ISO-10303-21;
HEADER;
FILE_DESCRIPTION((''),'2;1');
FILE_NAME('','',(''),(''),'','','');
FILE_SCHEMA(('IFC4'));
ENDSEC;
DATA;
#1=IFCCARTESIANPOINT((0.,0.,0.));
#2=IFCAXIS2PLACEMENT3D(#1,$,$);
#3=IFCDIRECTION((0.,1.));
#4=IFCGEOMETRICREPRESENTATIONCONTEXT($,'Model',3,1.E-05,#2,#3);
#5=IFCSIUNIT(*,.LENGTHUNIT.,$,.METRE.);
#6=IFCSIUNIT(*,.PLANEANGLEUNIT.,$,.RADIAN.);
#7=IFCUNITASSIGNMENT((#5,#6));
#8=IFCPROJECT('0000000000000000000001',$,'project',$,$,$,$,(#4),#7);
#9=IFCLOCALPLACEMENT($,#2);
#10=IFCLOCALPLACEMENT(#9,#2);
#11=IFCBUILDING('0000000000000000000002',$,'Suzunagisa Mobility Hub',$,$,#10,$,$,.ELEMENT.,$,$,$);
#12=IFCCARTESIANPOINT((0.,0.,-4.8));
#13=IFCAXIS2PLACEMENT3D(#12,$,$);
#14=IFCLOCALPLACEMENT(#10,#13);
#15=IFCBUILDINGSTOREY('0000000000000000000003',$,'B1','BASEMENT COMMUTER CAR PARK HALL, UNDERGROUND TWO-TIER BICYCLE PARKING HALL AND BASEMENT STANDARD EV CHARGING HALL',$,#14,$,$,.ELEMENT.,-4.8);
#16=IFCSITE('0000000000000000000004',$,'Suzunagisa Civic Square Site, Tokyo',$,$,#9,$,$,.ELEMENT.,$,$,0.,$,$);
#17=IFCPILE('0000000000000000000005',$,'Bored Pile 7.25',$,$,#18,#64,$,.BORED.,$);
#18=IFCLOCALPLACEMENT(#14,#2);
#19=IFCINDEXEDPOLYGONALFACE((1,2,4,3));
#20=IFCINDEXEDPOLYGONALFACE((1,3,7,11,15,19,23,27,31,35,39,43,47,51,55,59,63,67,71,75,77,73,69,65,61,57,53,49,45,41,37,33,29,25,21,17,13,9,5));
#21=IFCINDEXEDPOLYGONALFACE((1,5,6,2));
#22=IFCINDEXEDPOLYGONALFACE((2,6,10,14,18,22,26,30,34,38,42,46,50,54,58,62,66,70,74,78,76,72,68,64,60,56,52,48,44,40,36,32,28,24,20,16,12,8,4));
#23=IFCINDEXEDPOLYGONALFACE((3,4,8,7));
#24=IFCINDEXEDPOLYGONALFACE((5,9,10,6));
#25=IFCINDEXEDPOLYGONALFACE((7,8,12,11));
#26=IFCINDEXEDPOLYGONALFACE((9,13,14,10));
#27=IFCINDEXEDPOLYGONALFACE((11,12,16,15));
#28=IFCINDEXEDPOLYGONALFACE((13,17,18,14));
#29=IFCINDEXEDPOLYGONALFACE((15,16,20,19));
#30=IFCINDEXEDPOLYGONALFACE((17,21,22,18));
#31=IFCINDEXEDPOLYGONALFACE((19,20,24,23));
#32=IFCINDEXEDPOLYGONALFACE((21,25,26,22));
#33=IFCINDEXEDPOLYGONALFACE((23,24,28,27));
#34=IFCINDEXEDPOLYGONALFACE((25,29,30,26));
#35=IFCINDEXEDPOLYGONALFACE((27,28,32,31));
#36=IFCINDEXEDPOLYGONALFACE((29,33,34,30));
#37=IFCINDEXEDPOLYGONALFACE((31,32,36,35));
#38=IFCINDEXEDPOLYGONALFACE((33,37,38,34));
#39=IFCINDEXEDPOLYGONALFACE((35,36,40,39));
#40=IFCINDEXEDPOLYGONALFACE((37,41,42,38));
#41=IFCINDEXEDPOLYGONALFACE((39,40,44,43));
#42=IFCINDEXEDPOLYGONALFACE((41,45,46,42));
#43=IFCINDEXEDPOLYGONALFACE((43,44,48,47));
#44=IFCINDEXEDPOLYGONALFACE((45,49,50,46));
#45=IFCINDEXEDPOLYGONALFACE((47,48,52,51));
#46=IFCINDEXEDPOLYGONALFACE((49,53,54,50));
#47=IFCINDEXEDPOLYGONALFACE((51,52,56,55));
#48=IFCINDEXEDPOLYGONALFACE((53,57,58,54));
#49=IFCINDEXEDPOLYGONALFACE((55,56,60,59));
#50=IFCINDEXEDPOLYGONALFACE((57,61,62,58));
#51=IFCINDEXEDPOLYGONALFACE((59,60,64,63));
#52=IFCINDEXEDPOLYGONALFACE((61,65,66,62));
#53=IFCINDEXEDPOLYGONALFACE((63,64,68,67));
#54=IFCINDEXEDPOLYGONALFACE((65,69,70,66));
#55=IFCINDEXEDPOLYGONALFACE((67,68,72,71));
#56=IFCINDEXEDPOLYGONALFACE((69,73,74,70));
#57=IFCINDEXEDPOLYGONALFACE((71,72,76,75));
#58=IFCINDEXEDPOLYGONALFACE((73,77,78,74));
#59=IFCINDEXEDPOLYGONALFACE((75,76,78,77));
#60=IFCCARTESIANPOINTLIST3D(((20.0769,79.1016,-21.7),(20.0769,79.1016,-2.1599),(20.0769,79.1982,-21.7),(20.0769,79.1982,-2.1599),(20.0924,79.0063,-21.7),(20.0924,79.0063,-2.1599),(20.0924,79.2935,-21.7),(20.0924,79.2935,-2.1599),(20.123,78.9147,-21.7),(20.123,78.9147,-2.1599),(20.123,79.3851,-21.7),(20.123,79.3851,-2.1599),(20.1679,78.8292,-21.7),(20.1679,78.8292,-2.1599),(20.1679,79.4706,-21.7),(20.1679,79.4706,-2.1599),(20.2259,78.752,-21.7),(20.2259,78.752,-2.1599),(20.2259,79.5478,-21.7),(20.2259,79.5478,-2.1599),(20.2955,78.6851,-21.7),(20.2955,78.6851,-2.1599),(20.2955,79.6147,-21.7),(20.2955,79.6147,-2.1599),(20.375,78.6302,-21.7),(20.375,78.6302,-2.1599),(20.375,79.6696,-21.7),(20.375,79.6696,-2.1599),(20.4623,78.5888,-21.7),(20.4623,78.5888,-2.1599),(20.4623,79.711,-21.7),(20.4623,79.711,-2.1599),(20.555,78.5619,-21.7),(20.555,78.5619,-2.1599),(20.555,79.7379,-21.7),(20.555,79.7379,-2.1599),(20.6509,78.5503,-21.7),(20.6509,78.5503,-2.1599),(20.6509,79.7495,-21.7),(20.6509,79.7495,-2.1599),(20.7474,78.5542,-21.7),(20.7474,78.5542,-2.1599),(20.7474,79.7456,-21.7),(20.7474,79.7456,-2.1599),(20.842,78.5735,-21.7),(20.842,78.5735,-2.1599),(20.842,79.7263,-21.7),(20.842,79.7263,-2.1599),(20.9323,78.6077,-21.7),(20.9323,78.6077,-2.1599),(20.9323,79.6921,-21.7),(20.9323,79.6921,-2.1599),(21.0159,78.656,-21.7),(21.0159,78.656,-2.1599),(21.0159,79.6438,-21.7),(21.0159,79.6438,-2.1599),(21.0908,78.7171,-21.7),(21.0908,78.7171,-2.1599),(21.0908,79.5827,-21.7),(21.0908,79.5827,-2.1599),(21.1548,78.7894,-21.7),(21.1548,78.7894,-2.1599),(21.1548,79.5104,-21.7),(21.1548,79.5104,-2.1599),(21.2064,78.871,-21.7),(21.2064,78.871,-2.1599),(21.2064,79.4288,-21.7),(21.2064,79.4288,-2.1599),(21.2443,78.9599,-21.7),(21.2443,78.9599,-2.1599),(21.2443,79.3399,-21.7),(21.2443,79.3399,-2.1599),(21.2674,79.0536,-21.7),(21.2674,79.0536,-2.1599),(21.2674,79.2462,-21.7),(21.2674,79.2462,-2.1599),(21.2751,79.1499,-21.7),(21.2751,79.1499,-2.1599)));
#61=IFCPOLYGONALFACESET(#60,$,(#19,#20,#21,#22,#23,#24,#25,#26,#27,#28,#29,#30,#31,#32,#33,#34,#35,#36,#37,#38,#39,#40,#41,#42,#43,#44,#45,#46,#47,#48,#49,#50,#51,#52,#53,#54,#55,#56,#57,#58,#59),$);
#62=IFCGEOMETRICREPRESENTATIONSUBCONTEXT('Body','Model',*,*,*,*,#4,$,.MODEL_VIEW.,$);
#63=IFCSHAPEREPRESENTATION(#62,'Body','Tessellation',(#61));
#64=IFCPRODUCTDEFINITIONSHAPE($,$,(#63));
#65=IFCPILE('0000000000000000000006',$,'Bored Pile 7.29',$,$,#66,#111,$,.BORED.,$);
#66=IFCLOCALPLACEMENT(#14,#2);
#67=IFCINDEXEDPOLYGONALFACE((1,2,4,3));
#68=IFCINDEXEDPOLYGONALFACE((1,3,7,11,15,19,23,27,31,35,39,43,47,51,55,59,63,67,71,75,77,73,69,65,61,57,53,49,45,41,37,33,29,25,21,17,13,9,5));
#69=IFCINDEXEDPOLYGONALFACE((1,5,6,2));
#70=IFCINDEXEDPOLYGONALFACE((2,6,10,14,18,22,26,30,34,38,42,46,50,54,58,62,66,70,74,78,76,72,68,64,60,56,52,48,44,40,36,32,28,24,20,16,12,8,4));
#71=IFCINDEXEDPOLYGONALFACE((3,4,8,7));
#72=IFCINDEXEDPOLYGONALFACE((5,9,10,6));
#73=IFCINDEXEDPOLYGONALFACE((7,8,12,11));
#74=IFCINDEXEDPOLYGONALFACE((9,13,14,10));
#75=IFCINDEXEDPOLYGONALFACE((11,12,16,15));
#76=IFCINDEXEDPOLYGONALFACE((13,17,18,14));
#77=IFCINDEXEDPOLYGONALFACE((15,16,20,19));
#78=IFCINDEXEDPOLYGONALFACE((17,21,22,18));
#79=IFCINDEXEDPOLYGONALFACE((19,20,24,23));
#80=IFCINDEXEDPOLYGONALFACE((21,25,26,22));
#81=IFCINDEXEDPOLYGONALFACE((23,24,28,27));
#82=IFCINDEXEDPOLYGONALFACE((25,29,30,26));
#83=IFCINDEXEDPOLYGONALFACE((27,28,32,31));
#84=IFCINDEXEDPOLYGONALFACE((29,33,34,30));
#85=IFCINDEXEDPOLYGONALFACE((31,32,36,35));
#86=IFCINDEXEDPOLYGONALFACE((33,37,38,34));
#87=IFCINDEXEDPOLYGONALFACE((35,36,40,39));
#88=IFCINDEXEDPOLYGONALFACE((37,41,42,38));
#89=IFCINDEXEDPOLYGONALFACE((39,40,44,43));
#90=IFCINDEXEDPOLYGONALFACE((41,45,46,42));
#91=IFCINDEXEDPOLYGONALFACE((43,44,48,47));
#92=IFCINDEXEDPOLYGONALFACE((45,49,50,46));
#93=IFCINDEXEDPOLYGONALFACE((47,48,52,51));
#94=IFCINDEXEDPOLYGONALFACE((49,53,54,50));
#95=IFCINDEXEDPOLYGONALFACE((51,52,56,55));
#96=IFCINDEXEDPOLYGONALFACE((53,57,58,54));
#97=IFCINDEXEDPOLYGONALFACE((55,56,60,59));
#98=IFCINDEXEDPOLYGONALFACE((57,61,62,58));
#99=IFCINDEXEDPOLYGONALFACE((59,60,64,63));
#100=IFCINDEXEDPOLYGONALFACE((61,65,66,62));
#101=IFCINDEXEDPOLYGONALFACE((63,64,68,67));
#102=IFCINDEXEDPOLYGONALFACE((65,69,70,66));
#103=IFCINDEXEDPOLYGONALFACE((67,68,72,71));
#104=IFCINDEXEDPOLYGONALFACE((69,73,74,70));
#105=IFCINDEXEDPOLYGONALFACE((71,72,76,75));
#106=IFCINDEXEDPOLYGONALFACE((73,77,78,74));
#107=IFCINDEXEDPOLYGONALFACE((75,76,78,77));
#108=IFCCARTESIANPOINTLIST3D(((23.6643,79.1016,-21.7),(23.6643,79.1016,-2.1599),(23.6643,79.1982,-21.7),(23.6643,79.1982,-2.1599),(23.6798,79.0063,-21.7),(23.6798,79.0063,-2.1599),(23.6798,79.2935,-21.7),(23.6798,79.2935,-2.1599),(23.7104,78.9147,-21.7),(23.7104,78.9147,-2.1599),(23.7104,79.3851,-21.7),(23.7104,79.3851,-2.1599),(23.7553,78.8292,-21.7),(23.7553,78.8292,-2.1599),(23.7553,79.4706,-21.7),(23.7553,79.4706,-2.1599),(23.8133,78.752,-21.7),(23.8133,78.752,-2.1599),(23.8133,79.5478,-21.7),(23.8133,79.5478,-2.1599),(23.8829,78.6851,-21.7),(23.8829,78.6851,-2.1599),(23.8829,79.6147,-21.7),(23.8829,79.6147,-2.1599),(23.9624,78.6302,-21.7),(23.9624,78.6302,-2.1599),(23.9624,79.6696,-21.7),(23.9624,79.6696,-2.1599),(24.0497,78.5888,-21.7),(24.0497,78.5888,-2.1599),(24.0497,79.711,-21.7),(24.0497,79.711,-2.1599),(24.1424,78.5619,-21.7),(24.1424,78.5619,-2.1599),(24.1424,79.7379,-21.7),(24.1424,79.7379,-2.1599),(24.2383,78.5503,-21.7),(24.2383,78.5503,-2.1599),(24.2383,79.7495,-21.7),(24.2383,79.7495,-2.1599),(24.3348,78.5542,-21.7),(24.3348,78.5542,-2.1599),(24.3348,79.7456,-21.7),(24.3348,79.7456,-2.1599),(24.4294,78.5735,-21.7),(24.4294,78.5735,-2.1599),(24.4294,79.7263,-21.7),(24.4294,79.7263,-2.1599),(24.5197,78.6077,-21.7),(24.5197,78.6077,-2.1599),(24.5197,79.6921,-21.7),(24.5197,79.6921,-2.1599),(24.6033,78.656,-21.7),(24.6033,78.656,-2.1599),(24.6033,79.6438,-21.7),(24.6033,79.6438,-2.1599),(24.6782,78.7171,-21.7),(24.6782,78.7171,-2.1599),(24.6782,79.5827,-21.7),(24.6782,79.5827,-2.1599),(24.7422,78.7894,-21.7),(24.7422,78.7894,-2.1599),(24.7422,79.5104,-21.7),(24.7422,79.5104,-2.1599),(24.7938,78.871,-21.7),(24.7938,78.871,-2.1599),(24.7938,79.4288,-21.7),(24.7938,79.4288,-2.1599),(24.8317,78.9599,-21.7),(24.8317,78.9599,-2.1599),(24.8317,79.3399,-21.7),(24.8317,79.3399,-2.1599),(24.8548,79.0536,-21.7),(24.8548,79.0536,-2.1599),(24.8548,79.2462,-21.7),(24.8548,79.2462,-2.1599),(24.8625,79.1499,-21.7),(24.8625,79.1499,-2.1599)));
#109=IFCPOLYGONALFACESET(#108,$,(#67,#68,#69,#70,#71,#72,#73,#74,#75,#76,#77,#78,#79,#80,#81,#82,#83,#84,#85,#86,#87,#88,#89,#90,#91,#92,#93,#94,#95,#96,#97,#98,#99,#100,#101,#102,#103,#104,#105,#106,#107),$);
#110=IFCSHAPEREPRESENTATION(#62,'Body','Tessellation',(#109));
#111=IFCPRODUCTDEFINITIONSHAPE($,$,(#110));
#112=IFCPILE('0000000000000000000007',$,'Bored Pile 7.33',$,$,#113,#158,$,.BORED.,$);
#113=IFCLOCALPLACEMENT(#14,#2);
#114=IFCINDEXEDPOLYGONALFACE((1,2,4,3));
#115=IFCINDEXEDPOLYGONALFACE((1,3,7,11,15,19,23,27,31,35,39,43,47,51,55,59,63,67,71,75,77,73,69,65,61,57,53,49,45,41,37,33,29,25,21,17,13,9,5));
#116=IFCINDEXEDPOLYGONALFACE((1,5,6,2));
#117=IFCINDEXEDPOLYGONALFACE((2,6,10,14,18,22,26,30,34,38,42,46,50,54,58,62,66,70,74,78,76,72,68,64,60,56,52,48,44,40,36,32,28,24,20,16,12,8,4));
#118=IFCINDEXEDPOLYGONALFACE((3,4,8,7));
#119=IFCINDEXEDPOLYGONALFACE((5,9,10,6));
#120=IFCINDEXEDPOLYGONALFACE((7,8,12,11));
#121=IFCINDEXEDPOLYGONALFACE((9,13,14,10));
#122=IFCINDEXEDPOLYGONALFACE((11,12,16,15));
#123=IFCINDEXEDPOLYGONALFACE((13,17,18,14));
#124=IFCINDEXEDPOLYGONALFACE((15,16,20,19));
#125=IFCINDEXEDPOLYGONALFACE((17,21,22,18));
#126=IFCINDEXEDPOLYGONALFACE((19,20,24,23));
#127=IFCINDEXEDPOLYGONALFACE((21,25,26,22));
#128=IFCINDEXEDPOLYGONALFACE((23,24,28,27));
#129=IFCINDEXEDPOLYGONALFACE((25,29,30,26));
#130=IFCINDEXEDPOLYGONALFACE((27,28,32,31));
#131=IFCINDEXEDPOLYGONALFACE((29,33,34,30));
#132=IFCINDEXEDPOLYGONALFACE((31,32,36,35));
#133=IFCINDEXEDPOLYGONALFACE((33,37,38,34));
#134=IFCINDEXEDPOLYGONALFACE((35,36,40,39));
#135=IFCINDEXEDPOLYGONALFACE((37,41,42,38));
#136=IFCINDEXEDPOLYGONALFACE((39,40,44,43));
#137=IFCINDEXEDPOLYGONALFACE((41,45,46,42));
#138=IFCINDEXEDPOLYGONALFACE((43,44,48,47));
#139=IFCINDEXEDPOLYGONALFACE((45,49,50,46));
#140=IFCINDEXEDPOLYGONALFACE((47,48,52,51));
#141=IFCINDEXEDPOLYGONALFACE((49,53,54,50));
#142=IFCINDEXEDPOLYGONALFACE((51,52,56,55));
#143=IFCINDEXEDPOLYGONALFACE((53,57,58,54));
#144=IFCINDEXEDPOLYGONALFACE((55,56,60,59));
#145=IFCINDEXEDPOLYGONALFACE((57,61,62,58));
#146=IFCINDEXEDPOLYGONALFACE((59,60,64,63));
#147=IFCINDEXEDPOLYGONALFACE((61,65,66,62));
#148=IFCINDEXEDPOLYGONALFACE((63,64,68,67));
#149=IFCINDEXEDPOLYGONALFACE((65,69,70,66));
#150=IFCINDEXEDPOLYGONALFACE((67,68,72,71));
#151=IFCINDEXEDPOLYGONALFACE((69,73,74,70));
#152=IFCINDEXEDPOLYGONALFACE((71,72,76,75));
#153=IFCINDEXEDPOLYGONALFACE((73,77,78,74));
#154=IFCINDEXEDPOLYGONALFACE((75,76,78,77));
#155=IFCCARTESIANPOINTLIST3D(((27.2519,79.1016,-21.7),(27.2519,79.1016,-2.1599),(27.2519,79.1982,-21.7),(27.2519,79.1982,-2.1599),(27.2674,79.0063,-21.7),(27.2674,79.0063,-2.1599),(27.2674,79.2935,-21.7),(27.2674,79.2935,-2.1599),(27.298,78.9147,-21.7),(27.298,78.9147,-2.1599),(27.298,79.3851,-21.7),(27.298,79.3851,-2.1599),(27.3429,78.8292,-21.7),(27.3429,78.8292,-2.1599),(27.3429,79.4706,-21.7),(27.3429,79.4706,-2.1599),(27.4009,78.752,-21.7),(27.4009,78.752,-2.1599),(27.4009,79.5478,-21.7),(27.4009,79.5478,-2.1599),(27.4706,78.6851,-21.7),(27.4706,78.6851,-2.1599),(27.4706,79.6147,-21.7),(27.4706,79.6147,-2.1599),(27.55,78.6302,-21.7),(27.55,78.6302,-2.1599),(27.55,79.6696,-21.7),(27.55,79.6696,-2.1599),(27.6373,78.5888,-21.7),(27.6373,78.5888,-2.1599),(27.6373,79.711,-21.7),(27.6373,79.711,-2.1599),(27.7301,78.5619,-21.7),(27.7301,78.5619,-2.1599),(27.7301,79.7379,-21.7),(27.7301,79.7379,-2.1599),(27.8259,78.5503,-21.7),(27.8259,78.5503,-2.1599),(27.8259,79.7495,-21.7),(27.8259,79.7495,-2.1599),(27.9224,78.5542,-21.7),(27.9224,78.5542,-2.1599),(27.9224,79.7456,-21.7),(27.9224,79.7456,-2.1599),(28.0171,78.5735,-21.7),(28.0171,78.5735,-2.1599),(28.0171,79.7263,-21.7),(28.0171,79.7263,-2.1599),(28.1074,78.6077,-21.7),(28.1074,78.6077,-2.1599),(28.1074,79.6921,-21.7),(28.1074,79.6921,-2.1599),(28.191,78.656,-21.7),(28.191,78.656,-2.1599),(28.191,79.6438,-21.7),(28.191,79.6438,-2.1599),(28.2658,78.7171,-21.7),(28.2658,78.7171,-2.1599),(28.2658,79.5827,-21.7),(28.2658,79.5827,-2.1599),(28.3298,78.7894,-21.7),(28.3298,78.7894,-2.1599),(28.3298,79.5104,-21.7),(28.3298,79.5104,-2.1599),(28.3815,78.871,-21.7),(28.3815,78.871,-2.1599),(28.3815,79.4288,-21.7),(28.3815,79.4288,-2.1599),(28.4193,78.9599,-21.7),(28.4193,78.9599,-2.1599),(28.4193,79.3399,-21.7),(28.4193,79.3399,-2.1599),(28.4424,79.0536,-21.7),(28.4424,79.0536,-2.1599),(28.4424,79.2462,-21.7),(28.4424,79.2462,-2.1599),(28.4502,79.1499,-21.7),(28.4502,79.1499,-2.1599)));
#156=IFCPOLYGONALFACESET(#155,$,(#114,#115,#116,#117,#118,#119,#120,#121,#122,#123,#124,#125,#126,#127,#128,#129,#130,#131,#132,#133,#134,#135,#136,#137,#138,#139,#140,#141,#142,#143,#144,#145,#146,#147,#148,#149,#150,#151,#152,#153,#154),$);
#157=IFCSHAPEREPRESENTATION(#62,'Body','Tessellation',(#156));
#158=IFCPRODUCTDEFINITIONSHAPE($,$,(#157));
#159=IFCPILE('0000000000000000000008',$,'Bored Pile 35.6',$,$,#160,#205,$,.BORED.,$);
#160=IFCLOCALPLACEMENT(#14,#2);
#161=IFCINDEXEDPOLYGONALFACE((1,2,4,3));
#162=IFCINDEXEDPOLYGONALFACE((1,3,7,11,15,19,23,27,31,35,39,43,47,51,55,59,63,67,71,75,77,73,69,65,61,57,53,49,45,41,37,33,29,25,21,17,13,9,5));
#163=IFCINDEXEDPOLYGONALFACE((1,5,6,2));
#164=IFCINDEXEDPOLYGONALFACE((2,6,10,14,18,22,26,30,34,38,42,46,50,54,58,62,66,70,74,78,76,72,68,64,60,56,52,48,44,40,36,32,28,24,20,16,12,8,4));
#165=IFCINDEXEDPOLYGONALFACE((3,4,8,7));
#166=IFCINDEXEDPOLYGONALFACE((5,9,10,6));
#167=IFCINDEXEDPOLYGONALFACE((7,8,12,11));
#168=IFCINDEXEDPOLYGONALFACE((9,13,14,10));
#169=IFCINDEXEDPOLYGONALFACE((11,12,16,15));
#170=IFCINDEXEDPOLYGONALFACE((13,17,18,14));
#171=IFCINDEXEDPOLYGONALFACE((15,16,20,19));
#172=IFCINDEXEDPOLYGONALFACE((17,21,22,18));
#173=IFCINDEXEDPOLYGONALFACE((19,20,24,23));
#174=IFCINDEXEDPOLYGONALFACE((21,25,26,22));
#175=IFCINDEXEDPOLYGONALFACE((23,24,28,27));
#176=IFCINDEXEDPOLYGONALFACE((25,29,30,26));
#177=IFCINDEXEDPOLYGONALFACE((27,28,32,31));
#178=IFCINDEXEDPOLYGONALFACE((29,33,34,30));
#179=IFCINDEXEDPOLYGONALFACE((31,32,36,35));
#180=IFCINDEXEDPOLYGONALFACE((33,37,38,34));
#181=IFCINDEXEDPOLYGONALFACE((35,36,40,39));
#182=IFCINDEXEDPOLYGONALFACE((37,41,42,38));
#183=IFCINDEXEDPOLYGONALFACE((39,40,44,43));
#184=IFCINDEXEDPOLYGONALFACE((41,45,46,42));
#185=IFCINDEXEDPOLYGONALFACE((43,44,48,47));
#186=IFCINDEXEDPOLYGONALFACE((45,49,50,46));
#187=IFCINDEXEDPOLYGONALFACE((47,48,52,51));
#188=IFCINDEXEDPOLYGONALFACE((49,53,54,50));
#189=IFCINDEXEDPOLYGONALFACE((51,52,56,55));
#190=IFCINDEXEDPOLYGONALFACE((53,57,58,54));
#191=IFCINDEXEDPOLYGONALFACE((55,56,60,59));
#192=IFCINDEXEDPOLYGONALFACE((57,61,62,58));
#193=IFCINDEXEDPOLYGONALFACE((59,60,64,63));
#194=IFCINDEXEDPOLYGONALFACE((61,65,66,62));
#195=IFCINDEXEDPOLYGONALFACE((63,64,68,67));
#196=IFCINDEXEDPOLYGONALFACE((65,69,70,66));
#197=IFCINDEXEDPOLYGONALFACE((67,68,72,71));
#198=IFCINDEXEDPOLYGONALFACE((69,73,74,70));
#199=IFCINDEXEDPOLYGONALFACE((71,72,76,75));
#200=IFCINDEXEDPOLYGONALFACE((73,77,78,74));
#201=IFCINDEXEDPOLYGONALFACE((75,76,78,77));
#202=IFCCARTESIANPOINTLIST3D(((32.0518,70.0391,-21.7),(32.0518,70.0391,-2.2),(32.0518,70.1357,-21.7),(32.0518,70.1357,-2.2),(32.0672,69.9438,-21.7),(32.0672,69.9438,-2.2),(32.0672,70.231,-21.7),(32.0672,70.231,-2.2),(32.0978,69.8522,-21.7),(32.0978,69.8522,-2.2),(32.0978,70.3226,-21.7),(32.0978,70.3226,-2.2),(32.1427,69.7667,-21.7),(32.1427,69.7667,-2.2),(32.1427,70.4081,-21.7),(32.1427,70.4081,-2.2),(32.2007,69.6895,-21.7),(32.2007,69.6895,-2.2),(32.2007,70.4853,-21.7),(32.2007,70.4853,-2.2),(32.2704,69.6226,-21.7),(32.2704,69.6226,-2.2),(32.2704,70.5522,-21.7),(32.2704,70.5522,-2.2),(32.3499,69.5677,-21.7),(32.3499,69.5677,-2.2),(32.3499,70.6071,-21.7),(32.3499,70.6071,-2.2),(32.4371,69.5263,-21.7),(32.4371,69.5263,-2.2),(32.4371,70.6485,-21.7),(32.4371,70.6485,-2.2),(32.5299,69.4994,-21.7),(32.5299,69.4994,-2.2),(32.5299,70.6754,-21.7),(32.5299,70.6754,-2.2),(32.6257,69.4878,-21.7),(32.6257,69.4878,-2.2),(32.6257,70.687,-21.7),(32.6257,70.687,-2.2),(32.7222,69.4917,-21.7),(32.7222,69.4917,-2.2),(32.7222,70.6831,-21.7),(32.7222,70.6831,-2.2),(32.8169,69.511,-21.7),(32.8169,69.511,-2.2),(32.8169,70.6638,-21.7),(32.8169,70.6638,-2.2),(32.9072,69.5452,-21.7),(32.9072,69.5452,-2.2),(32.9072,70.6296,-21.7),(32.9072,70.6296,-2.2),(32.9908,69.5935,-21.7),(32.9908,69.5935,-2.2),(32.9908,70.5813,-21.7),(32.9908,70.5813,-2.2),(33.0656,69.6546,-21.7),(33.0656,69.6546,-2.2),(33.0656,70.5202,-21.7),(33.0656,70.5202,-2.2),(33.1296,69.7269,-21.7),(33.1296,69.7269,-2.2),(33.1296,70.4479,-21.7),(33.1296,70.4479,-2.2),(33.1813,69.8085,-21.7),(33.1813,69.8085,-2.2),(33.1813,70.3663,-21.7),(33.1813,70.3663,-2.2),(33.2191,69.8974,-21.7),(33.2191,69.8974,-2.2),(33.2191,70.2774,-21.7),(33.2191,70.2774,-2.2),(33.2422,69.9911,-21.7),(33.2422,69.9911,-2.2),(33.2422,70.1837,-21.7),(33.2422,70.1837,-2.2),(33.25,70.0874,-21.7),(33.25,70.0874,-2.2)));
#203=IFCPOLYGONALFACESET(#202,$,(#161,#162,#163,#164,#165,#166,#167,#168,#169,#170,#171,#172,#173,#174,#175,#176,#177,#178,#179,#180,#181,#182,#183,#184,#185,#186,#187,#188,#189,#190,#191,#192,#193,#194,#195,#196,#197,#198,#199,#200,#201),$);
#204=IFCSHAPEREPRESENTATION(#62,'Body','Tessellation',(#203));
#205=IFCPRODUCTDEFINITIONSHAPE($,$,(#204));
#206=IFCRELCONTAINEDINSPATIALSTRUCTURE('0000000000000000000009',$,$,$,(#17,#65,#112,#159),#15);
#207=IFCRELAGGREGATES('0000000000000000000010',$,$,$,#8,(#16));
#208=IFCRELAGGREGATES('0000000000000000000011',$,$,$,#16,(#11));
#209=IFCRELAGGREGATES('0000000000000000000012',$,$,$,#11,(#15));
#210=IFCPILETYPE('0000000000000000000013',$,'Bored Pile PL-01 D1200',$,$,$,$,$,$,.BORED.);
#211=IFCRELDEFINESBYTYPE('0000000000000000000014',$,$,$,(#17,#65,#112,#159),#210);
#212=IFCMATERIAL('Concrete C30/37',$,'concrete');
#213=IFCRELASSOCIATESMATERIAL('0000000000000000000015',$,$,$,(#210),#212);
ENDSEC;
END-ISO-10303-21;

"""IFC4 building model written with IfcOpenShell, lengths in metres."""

from ifc_helpers import new_model, si_unit, direction, frame, origin, origin_2d, place, context, subcontext, project, spatial, circle, extrude, material, material_profile, profile_set, type_object, element, save


model = new_model("IFC4")

# Units and contexts
model_context = context("Model", 3, precision=1e-05, world=origin(), true_north=direction((0.0, 1.0)))
body_context = subcontext(model_context, "Body", "Model", "MODEL_VIEW")
ifc_project = project(units=[si_unit("LENGTHUNIT", "METRE"), si_unit("PLANEANGLEUNIT", "RADIAN")], contexts=[model_context])

# Site, building, storey
site_placement = place(None, origin())
site = spatial("IfcSite", under=ifc_project, at=site_placement, Name="Suzunagisa Civic Square Site, Tokyo", CompositionType="ELEMENT", RefElevation=0.0)
building_placement = place(site_placement, origin())
building = spatial("IfcBuilding", under=site, at=building_placement, Name="Suzunagisa Mobility Hub", CompositionType="ELEMENT")
storey_placement = place(building_placement, frame((0.0, 0.0, -4.8)))
storey = spatial("IfcBuildingStorey", under=building, at=storey_placement, Name="B1", Description="BASEMENT COMMUTER CAR PARK HALL, UNDERGROUND TWO-TIER BICYCLE PARKING HALL AND BASEMENT STANDARD EV CHARGING HALL", CompositionType="ELEMENT", Elevation=-4.8)

# Piles
ifc_material_1 = material(Name="Concrete C30/37", Category="concrete")
ifc_material_profile_1 = material_profile(ifc_material_1, circle(Radius=0.6001, at=origin_2d()), Name="BORED PILE D1200")
ifc_profile_set_1 = profile_set([ifc_material_profile_1], Name="Concrete C30/37")
pile_type_1 = type_object("IfcPileType", Name="Bored Pile PL-01 D1200", PredefinedType="BORED", material=ifc_profile_set_1)
for number, where, z_axis, x_axis, name in (
    (1, (20.675, 79.1499, -2.1599), (0.0, 0.0, -1.0), (1.0, 0.0, 0.0), "Bored Pile 7.25"),
    (2, (24.2625, 79.1499, -2.1599), (0.0, 0.0, -1.0), (1.0, 0.0, 0.0), "Bored Pile 7.29"),
    (3, (27.8501, 79.1499, -2.1599), (0.0, 0.0, -1.0), (1.0, 0.0, 0.0), "Bored Pile 7.33"),
):
    element("IfcPile", number, at=place(storey_placement, frame(where, z_axis=z_axis, x_axis=x_axis)), inside=storey, type_object=pile_type_1, Name=name, PredefinedType="BORED", context=body_context, shape_type="SweptSolid", body=[
        extrude(circle(Radius=0.6001, at=origin_2d()), origin(), (0.0, 0.0, 1.0), 19.54),
    ])
for number, where, z_axis, x_axis, name in (
    (4, (32.6499, 70.0874, -2.2), (0.0, 0.0, -1.0), (1.0, 0.0, 0.0), "Bored Pile 35.6"),
):
    element("IfcPile", number, at=place(storey_placement, frame(where, z_axis=z_axis, x_axis=x_axis)), inside=storey, type_object=pile_type_1, Name=name, PredefinedType="BORED", context=body_context, shape_type="SweptSolid", body=[
        extrude(circle(Radius=0.6001, at=origin_2d()), origin(), (0.0, 0.0, 1.0), 19.5),
    ])

save(model, "model.ifc")
